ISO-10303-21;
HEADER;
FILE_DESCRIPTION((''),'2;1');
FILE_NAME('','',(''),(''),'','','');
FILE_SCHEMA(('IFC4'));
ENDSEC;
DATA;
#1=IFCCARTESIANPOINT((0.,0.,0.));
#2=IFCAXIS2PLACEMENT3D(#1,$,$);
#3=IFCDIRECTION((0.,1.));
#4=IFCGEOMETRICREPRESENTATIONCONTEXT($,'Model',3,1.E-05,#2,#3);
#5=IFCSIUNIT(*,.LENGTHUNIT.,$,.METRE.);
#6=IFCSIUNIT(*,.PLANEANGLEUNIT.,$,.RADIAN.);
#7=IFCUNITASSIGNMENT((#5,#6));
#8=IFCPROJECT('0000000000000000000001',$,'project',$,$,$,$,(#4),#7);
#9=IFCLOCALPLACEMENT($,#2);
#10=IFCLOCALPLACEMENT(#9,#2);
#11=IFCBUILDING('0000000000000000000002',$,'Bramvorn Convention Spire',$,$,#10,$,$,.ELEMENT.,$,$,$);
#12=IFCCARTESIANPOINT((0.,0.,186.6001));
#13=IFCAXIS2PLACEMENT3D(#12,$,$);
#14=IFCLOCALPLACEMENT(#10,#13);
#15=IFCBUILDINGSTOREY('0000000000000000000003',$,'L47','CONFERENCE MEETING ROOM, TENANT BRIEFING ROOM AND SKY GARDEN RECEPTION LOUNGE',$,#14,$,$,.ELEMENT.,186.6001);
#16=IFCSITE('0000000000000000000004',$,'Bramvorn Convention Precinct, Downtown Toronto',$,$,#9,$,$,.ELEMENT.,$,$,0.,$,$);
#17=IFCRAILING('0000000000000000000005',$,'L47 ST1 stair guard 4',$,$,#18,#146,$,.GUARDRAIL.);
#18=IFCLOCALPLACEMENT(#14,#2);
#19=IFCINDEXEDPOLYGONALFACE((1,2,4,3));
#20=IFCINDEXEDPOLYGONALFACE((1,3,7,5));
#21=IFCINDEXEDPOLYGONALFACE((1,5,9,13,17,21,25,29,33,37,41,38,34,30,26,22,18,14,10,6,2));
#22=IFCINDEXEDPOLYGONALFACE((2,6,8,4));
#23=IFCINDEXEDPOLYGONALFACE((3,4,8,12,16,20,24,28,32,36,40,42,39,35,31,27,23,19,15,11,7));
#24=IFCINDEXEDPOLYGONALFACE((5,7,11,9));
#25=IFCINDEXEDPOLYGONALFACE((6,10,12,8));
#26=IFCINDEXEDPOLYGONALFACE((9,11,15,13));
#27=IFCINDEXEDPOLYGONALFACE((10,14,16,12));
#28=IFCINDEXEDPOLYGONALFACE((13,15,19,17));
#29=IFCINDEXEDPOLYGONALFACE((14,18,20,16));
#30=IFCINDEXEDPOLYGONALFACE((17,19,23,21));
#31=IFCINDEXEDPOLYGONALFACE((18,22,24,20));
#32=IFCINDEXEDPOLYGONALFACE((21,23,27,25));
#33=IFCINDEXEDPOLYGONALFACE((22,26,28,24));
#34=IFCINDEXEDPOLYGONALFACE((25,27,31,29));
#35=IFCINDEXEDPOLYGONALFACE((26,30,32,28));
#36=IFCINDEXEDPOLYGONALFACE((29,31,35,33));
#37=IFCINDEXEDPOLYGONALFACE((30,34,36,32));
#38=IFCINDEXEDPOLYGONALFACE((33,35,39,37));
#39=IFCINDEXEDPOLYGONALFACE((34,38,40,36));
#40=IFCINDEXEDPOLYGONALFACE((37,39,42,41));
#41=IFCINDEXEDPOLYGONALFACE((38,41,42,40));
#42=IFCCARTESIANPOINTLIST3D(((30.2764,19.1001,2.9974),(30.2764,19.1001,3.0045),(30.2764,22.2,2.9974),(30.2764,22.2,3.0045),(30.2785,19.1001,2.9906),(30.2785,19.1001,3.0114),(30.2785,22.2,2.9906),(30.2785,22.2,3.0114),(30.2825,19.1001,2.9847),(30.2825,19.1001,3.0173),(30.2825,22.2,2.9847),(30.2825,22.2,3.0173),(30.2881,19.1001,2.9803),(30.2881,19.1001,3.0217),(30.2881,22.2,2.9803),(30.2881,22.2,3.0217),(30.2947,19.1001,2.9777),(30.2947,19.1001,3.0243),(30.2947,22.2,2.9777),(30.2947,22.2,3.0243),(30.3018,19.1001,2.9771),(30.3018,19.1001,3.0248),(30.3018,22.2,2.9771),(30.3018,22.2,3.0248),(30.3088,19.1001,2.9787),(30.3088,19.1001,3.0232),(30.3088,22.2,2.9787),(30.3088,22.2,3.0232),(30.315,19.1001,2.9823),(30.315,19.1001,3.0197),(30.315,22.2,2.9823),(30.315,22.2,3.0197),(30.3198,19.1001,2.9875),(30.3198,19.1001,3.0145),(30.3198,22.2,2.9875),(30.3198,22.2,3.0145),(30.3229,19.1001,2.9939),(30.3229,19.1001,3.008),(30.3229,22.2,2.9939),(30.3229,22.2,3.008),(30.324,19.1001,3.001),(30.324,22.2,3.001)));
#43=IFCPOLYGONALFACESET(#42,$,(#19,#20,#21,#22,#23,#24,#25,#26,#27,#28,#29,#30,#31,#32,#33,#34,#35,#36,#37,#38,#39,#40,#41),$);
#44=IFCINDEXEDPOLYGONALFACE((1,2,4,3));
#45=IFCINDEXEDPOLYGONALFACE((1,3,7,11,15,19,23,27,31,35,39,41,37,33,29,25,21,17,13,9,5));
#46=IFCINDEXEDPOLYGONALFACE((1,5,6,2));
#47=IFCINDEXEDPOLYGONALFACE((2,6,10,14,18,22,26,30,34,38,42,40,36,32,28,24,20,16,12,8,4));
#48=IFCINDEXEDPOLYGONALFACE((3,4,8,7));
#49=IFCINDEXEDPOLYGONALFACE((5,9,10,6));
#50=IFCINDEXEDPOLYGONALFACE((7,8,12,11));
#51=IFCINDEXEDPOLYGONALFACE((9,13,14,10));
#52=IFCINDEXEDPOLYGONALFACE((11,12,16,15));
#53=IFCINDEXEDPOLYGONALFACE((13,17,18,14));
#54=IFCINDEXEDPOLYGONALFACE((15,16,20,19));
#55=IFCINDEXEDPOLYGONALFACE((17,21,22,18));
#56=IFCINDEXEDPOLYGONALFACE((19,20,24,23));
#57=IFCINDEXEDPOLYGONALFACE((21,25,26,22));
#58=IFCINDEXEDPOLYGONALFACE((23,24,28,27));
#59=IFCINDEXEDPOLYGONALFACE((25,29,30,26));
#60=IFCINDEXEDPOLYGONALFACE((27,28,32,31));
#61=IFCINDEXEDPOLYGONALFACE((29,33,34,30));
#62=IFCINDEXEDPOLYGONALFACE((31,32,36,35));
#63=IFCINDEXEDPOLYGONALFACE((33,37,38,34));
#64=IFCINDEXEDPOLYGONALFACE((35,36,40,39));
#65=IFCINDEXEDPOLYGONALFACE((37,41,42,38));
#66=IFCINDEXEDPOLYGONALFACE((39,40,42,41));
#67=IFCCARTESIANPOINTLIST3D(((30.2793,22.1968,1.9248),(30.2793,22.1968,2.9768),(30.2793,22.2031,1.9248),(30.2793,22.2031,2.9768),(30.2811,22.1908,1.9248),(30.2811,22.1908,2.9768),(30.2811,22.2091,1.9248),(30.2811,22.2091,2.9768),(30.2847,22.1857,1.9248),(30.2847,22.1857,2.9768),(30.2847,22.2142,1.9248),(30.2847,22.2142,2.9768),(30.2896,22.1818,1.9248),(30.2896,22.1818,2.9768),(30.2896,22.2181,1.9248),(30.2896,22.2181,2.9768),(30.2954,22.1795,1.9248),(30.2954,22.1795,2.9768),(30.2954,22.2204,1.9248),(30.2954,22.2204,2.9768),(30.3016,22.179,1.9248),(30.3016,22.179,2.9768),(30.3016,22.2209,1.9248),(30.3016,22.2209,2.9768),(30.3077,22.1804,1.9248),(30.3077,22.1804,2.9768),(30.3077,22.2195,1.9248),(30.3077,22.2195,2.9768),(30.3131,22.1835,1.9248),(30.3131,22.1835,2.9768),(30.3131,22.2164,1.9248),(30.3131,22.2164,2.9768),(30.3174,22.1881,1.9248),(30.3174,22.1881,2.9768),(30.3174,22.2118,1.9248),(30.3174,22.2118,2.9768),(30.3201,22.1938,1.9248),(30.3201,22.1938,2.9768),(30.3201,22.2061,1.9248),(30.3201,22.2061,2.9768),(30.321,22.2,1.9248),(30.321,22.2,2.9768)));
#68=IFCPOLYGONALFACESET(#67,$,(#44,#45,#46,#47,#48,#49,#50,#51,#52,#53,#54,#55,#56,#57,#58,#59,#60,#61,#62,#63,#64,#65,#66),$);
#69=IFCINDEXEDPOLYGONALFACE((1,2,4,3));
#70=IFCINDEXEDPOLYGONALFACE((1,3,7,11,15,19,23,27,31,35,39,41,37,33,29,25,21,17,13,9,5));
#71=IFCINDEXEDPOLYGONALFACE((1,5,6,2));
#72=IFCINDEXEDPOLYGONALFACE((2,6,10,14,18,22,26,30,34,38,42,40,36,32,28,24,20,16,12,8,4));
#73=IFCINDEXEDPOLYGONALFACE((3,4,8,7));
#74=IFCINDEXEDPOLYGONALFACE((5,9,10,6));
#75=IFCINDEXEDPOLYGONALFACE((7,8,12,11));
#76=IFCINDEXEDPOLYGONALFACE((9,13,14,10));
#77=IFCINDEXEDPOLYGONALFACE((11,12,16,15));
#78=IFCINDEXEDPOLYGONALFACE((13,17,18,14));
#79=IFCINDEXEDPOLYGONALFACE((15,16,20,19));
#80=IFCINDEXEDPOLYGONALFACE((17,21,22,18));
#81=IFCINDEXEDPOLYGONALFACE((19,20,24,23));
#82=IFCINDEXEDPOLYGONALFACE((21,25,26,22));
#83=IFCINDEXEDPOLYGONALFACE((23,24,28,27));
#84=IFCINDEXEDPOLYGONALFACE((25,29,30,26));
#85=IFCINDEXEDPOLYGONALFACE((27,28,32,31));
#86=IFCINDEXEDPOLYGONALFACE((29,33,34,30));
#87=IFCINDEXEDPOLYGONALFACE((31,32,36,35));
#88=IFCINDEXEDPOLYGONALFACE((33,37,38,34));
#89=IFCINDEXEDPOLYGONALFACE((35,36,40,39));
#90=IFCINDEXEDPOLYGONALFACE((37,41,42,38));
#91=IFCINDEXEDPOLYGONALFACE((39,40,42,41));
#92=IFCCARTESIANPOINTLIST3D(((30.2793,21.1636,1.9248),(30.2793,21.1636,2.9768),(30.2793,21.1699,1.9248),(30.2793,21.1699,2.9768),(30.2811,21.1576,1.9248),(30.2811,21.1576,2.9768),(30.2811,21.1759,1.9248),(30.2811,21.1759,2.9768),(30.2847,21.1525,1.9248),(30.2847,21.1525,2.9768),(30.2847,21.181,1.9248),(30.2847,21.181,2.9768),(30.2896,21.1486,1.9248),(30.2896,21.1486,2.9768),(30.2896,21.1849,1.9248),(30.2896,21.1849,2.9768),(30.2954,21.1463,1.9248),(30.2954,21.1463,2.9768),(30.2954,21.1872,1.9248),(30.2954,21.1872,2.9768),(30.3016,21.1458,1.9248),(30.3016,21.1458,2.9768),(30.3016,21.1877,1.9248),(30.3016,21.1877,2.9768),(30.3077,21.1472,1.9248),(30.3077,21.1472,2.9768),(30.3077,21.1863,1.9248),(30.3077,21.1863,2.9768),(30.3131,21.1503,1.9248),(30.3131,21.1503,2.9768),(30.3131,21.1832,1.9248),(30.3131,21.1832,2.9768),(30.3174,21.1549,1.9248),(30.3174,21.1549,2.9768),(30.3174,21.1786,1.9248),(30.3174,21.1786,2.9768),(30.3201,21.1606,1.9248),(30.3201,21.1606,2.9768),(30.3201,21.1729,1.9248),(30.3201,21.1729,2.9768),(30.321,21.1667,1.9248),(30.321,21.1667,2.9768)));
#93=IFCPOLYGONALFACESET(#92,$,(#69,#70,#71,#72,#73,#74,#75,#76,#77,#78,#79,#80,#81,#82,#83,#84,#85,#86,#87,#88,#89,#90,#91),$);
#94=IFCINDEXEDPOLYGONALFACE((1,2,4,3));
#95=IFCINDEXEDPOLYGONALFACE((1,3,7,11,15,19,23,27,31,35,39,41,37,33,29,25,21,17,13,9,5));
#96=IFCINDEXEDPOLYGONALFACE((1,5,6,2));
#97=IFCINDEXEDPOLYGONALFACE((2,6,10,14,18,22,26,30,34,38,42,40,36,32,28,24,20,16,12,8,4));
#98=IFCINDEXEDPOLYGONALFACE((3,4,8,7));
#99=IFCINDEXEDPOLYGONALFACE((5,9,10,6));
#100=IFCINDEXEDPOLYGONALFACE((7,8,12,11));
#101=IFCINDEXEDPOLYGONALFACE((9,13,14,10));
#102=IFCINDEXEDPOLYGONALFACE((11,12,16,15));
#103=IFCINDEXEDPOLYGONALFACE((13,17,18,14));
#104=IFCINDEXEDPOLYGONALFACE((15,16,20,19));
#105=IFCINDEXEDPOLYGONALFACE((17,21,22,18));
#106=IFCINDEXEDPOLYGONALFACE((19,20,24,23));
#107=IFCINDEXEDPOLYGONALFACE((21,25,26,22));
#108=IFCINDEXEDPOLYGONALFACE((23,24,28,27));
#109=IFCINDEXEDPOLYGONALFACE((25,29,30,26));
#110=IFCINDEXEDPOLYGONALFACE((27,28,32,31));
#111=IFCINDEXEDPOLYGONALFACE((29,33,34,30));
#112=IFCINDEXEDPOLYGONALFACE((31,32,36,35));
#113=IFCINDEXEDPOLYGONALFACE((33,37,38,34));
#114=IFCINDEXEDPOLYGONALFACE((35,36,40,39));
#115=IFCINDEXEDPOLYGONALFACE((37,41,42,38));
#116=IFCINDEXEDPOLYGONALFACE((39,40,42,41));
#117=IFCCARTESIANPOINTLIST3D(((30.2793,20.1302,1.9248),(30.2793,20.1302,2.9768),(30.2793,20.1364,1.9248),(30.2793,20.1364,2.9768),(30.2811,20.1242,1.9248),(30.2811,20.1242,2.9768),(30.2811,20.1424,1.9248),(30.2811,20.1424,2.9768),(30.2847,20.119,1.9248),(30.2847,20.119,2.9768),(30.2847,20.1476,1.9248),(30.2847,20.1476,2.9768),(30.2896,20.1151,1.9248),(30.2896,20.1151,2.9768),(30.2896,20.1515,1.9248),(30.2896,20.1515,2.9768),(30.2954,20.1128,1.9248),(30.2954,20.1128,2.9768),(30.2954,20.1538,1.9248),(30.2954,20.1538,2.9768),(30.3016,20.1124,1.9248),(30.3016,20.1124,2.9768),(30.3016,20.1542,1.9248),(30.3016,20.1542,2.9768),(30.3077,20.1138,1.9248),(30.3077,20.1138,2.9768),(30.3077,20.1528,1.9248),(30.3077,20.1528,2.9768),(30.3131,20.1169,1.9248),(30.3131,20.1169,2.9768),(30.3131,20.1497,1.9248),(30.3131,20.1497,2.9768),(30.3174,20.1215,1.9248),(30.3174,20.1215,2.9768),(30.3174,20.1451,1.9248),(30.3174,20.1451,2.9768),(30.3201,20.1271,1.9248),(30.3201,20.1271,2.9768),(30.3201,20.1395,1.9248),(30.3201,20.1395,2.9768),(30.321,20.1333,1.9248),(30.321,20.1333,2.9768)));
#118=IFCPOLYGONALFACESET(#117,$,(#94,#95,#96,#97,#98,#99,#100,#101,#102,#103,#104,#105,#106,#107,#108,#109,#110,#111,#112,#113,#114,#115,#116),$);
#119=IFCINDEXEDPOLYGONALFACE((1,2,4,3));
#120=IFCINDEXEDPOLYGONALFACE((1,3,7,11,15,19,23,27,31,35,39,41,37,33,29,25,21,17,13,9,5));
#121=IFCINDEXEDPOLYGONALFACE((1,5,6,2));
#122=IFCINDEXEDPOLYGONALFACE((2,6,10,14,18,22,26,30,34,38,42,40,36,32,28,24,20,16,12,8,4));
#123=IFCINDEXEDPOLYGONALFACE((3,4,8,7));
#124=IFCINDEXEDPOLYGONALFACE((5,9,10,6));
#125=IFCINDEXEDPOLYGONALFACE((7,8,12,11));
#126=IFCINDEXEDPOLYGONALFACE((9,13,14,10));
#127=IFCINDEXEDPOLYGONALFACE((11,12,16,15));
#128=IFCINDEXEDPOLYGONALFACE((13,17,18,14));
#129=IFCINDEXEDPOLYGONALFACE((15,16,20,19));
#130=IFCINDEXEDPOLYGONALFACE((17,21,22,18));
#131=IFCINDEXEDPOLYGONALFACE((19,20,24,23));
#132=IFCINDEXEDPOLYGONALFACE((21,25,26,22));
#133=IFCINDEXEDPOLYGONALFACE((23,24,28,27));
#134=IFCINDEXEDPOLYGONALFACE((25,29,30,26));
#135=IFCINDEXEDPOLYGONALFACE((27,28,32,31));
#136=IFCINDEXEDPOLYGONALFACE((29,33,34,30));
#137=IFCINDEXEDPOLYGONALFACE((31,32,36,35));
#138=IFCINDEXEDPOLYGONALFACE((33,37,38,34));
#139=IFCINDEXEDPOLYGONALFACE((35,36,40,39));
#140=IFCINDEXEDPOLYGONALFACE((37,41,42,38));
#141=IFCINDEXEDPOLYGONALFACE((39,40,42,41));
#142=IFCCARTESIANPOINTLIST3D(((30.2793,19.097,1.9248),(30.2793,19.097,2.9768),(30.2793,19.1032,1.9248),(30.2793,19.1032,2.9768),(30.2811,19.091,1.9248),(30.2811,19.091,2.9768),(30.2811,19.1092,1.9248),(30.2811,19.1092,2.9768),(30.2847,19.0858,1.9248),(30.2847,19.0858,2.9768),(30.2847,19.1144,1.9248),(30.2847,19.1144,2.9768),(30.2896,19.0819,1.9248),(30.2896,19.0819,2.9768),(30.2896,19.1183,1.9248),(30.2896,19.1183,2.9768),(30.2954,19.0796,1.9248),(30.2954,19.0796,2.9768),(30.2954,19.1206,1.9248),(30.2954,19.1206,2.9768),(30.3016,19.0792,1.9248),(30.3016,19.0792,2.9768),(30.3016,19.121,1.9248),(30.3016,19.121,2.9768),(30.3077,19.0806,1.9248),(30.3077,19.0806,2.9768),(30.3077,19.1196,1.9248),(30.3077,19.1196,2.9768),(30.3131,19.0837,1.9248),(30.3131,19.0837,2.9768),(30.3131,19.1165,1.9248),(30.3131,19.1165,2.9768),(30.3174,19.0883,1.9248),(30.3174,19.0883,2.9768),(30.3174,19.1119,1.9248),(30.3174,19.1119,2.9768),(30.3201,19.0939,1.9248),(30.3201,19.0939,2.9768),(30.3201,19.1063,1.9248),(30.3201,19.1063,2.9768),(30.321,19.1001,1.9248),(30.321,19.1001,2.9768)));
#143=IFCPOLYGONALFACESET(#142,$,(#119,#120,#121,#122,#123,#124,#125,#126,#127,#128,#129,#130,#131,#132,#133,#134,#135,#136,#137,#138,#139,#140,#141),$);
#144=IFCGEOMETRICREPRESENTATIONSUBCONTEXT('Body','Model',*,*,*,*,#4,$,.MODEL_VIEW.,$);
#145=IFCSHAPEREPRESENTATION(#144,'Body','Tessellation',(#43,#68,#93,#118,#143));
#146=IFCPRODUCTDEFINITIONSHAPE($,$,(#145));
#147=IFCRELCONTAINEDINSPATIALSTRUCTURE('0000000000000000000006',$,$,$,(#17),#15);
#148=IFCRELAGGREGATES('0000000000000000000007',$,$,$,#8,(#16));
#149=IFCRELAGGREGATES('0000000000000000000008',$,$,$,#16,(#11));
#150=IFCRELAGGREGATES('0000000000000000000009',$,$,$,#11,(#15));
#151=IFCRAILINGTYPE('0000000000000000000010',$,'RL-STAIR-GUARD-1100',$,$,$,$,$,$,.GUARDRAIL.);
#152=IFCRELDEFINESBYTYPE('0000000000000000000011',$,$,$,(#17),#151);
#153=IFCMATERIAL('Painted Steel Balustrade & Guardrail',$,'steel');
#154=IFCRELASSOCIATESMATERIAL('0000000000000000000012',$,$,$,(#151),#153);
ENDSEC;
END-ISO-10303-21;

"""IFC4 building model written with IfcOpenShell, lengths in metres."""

from ifc_helpers import new_model, si_unit, direction, frame, origin, origin_2d, place, context, subcontext, project, spatial, circle, extrude, material, type_object, element, save


model = new_model("IFC4")

# Units and contexts
model_context = context("Model", 3, precision=1e-05, world=origin(), true_north=direction((0.0, 1.0)))
body_context = subcontext(model_context, "Body", "Model", "MODEL_VIEW")
ifc_project = project(units=[si_unit("LENGTHUNIT", "METRE"), si_unit("PLANEANGLEUNIT", "RADIAN")], contexts=[model_context])

# Site, building, storey
site_placement = place(None, origin())
site = spatial("IfcSite", under=ifc_project, at=site_placement, Name="Bramvorn Convention Precinct, Downtown Toronto", CompositionType="ELEMENT", RefElevation=0.0)
building_placement = place(site_placement, origin())
building = spatial("IfcBuilding", under=site, at=building_placement, Name="Bramvorn Convention Spire", CompositionType="ELEMENT")
storey_placement = place(building_placement, frame((0.0, 0.0, 186.6001)))
storey = spatial("IfcBuildingStorey", under=building, at=storey_placement, Name="L47", Description="CONFERENCE MEETING ROOM, TENANT BRIEFING ROOM AND SKY GARDEN RECEPTION LOUNGE", CompositionType="ELEMENT", Elevation=186.6001)

# Railing
ifc_material_1 = material(Name="Painted Steel Balustrade & Guardrail", Category="steel")
railing_type_1 = type_object("IfcRailingType", Name="RL-STAIR-GUARD-1100", PredefinedType="GUARDRAIL", material=ifc_material_1)
railing_1_placement = place(storey_placement, frame((30.3, 22.2, 1.9248)))
element("IfcRailing", 1, at=railing_1_placement, inside=storey, type_object=railing_type_1, Name="L47 ST1 stair guard 4", PredefinedType="GUARDRAIL", context=body_context, shape_type="SweptSolid", body=[
    extrude(circle(Radius=0.0239, at=origin_2d()), frame((0.0, 0.0, 1.0762), z_axis=(0.0, -1.0, 0.0), x_axis=(1.0, 0.0, 0.0)), (0.0, 0.0, 1.0), 3.0999),
    extrude(circle(Radius=0.021, at=origin_2d()), origin(), (0.0, 0.0, 1.0), 1.052),
    extrude(circle(Radius=0.021, at=origin_2d()), frame((0.0, -1.0332, 0.0)), (0.0, 0.0, 1.0), 1.052),
    extrude(circle(Radius=0.021, at=origin_2d()), frame((0.0, -2.0667, 0.0)), (0.0, 0.0, 1.0), 1.052),
    extrude(circle(Radius=0.021, at=origin_2d()), frame((0.0, -3.0999, 0.0)), (0.0, 0.0, 1.0), 1.052),
])

save(model, "model.ifc")
